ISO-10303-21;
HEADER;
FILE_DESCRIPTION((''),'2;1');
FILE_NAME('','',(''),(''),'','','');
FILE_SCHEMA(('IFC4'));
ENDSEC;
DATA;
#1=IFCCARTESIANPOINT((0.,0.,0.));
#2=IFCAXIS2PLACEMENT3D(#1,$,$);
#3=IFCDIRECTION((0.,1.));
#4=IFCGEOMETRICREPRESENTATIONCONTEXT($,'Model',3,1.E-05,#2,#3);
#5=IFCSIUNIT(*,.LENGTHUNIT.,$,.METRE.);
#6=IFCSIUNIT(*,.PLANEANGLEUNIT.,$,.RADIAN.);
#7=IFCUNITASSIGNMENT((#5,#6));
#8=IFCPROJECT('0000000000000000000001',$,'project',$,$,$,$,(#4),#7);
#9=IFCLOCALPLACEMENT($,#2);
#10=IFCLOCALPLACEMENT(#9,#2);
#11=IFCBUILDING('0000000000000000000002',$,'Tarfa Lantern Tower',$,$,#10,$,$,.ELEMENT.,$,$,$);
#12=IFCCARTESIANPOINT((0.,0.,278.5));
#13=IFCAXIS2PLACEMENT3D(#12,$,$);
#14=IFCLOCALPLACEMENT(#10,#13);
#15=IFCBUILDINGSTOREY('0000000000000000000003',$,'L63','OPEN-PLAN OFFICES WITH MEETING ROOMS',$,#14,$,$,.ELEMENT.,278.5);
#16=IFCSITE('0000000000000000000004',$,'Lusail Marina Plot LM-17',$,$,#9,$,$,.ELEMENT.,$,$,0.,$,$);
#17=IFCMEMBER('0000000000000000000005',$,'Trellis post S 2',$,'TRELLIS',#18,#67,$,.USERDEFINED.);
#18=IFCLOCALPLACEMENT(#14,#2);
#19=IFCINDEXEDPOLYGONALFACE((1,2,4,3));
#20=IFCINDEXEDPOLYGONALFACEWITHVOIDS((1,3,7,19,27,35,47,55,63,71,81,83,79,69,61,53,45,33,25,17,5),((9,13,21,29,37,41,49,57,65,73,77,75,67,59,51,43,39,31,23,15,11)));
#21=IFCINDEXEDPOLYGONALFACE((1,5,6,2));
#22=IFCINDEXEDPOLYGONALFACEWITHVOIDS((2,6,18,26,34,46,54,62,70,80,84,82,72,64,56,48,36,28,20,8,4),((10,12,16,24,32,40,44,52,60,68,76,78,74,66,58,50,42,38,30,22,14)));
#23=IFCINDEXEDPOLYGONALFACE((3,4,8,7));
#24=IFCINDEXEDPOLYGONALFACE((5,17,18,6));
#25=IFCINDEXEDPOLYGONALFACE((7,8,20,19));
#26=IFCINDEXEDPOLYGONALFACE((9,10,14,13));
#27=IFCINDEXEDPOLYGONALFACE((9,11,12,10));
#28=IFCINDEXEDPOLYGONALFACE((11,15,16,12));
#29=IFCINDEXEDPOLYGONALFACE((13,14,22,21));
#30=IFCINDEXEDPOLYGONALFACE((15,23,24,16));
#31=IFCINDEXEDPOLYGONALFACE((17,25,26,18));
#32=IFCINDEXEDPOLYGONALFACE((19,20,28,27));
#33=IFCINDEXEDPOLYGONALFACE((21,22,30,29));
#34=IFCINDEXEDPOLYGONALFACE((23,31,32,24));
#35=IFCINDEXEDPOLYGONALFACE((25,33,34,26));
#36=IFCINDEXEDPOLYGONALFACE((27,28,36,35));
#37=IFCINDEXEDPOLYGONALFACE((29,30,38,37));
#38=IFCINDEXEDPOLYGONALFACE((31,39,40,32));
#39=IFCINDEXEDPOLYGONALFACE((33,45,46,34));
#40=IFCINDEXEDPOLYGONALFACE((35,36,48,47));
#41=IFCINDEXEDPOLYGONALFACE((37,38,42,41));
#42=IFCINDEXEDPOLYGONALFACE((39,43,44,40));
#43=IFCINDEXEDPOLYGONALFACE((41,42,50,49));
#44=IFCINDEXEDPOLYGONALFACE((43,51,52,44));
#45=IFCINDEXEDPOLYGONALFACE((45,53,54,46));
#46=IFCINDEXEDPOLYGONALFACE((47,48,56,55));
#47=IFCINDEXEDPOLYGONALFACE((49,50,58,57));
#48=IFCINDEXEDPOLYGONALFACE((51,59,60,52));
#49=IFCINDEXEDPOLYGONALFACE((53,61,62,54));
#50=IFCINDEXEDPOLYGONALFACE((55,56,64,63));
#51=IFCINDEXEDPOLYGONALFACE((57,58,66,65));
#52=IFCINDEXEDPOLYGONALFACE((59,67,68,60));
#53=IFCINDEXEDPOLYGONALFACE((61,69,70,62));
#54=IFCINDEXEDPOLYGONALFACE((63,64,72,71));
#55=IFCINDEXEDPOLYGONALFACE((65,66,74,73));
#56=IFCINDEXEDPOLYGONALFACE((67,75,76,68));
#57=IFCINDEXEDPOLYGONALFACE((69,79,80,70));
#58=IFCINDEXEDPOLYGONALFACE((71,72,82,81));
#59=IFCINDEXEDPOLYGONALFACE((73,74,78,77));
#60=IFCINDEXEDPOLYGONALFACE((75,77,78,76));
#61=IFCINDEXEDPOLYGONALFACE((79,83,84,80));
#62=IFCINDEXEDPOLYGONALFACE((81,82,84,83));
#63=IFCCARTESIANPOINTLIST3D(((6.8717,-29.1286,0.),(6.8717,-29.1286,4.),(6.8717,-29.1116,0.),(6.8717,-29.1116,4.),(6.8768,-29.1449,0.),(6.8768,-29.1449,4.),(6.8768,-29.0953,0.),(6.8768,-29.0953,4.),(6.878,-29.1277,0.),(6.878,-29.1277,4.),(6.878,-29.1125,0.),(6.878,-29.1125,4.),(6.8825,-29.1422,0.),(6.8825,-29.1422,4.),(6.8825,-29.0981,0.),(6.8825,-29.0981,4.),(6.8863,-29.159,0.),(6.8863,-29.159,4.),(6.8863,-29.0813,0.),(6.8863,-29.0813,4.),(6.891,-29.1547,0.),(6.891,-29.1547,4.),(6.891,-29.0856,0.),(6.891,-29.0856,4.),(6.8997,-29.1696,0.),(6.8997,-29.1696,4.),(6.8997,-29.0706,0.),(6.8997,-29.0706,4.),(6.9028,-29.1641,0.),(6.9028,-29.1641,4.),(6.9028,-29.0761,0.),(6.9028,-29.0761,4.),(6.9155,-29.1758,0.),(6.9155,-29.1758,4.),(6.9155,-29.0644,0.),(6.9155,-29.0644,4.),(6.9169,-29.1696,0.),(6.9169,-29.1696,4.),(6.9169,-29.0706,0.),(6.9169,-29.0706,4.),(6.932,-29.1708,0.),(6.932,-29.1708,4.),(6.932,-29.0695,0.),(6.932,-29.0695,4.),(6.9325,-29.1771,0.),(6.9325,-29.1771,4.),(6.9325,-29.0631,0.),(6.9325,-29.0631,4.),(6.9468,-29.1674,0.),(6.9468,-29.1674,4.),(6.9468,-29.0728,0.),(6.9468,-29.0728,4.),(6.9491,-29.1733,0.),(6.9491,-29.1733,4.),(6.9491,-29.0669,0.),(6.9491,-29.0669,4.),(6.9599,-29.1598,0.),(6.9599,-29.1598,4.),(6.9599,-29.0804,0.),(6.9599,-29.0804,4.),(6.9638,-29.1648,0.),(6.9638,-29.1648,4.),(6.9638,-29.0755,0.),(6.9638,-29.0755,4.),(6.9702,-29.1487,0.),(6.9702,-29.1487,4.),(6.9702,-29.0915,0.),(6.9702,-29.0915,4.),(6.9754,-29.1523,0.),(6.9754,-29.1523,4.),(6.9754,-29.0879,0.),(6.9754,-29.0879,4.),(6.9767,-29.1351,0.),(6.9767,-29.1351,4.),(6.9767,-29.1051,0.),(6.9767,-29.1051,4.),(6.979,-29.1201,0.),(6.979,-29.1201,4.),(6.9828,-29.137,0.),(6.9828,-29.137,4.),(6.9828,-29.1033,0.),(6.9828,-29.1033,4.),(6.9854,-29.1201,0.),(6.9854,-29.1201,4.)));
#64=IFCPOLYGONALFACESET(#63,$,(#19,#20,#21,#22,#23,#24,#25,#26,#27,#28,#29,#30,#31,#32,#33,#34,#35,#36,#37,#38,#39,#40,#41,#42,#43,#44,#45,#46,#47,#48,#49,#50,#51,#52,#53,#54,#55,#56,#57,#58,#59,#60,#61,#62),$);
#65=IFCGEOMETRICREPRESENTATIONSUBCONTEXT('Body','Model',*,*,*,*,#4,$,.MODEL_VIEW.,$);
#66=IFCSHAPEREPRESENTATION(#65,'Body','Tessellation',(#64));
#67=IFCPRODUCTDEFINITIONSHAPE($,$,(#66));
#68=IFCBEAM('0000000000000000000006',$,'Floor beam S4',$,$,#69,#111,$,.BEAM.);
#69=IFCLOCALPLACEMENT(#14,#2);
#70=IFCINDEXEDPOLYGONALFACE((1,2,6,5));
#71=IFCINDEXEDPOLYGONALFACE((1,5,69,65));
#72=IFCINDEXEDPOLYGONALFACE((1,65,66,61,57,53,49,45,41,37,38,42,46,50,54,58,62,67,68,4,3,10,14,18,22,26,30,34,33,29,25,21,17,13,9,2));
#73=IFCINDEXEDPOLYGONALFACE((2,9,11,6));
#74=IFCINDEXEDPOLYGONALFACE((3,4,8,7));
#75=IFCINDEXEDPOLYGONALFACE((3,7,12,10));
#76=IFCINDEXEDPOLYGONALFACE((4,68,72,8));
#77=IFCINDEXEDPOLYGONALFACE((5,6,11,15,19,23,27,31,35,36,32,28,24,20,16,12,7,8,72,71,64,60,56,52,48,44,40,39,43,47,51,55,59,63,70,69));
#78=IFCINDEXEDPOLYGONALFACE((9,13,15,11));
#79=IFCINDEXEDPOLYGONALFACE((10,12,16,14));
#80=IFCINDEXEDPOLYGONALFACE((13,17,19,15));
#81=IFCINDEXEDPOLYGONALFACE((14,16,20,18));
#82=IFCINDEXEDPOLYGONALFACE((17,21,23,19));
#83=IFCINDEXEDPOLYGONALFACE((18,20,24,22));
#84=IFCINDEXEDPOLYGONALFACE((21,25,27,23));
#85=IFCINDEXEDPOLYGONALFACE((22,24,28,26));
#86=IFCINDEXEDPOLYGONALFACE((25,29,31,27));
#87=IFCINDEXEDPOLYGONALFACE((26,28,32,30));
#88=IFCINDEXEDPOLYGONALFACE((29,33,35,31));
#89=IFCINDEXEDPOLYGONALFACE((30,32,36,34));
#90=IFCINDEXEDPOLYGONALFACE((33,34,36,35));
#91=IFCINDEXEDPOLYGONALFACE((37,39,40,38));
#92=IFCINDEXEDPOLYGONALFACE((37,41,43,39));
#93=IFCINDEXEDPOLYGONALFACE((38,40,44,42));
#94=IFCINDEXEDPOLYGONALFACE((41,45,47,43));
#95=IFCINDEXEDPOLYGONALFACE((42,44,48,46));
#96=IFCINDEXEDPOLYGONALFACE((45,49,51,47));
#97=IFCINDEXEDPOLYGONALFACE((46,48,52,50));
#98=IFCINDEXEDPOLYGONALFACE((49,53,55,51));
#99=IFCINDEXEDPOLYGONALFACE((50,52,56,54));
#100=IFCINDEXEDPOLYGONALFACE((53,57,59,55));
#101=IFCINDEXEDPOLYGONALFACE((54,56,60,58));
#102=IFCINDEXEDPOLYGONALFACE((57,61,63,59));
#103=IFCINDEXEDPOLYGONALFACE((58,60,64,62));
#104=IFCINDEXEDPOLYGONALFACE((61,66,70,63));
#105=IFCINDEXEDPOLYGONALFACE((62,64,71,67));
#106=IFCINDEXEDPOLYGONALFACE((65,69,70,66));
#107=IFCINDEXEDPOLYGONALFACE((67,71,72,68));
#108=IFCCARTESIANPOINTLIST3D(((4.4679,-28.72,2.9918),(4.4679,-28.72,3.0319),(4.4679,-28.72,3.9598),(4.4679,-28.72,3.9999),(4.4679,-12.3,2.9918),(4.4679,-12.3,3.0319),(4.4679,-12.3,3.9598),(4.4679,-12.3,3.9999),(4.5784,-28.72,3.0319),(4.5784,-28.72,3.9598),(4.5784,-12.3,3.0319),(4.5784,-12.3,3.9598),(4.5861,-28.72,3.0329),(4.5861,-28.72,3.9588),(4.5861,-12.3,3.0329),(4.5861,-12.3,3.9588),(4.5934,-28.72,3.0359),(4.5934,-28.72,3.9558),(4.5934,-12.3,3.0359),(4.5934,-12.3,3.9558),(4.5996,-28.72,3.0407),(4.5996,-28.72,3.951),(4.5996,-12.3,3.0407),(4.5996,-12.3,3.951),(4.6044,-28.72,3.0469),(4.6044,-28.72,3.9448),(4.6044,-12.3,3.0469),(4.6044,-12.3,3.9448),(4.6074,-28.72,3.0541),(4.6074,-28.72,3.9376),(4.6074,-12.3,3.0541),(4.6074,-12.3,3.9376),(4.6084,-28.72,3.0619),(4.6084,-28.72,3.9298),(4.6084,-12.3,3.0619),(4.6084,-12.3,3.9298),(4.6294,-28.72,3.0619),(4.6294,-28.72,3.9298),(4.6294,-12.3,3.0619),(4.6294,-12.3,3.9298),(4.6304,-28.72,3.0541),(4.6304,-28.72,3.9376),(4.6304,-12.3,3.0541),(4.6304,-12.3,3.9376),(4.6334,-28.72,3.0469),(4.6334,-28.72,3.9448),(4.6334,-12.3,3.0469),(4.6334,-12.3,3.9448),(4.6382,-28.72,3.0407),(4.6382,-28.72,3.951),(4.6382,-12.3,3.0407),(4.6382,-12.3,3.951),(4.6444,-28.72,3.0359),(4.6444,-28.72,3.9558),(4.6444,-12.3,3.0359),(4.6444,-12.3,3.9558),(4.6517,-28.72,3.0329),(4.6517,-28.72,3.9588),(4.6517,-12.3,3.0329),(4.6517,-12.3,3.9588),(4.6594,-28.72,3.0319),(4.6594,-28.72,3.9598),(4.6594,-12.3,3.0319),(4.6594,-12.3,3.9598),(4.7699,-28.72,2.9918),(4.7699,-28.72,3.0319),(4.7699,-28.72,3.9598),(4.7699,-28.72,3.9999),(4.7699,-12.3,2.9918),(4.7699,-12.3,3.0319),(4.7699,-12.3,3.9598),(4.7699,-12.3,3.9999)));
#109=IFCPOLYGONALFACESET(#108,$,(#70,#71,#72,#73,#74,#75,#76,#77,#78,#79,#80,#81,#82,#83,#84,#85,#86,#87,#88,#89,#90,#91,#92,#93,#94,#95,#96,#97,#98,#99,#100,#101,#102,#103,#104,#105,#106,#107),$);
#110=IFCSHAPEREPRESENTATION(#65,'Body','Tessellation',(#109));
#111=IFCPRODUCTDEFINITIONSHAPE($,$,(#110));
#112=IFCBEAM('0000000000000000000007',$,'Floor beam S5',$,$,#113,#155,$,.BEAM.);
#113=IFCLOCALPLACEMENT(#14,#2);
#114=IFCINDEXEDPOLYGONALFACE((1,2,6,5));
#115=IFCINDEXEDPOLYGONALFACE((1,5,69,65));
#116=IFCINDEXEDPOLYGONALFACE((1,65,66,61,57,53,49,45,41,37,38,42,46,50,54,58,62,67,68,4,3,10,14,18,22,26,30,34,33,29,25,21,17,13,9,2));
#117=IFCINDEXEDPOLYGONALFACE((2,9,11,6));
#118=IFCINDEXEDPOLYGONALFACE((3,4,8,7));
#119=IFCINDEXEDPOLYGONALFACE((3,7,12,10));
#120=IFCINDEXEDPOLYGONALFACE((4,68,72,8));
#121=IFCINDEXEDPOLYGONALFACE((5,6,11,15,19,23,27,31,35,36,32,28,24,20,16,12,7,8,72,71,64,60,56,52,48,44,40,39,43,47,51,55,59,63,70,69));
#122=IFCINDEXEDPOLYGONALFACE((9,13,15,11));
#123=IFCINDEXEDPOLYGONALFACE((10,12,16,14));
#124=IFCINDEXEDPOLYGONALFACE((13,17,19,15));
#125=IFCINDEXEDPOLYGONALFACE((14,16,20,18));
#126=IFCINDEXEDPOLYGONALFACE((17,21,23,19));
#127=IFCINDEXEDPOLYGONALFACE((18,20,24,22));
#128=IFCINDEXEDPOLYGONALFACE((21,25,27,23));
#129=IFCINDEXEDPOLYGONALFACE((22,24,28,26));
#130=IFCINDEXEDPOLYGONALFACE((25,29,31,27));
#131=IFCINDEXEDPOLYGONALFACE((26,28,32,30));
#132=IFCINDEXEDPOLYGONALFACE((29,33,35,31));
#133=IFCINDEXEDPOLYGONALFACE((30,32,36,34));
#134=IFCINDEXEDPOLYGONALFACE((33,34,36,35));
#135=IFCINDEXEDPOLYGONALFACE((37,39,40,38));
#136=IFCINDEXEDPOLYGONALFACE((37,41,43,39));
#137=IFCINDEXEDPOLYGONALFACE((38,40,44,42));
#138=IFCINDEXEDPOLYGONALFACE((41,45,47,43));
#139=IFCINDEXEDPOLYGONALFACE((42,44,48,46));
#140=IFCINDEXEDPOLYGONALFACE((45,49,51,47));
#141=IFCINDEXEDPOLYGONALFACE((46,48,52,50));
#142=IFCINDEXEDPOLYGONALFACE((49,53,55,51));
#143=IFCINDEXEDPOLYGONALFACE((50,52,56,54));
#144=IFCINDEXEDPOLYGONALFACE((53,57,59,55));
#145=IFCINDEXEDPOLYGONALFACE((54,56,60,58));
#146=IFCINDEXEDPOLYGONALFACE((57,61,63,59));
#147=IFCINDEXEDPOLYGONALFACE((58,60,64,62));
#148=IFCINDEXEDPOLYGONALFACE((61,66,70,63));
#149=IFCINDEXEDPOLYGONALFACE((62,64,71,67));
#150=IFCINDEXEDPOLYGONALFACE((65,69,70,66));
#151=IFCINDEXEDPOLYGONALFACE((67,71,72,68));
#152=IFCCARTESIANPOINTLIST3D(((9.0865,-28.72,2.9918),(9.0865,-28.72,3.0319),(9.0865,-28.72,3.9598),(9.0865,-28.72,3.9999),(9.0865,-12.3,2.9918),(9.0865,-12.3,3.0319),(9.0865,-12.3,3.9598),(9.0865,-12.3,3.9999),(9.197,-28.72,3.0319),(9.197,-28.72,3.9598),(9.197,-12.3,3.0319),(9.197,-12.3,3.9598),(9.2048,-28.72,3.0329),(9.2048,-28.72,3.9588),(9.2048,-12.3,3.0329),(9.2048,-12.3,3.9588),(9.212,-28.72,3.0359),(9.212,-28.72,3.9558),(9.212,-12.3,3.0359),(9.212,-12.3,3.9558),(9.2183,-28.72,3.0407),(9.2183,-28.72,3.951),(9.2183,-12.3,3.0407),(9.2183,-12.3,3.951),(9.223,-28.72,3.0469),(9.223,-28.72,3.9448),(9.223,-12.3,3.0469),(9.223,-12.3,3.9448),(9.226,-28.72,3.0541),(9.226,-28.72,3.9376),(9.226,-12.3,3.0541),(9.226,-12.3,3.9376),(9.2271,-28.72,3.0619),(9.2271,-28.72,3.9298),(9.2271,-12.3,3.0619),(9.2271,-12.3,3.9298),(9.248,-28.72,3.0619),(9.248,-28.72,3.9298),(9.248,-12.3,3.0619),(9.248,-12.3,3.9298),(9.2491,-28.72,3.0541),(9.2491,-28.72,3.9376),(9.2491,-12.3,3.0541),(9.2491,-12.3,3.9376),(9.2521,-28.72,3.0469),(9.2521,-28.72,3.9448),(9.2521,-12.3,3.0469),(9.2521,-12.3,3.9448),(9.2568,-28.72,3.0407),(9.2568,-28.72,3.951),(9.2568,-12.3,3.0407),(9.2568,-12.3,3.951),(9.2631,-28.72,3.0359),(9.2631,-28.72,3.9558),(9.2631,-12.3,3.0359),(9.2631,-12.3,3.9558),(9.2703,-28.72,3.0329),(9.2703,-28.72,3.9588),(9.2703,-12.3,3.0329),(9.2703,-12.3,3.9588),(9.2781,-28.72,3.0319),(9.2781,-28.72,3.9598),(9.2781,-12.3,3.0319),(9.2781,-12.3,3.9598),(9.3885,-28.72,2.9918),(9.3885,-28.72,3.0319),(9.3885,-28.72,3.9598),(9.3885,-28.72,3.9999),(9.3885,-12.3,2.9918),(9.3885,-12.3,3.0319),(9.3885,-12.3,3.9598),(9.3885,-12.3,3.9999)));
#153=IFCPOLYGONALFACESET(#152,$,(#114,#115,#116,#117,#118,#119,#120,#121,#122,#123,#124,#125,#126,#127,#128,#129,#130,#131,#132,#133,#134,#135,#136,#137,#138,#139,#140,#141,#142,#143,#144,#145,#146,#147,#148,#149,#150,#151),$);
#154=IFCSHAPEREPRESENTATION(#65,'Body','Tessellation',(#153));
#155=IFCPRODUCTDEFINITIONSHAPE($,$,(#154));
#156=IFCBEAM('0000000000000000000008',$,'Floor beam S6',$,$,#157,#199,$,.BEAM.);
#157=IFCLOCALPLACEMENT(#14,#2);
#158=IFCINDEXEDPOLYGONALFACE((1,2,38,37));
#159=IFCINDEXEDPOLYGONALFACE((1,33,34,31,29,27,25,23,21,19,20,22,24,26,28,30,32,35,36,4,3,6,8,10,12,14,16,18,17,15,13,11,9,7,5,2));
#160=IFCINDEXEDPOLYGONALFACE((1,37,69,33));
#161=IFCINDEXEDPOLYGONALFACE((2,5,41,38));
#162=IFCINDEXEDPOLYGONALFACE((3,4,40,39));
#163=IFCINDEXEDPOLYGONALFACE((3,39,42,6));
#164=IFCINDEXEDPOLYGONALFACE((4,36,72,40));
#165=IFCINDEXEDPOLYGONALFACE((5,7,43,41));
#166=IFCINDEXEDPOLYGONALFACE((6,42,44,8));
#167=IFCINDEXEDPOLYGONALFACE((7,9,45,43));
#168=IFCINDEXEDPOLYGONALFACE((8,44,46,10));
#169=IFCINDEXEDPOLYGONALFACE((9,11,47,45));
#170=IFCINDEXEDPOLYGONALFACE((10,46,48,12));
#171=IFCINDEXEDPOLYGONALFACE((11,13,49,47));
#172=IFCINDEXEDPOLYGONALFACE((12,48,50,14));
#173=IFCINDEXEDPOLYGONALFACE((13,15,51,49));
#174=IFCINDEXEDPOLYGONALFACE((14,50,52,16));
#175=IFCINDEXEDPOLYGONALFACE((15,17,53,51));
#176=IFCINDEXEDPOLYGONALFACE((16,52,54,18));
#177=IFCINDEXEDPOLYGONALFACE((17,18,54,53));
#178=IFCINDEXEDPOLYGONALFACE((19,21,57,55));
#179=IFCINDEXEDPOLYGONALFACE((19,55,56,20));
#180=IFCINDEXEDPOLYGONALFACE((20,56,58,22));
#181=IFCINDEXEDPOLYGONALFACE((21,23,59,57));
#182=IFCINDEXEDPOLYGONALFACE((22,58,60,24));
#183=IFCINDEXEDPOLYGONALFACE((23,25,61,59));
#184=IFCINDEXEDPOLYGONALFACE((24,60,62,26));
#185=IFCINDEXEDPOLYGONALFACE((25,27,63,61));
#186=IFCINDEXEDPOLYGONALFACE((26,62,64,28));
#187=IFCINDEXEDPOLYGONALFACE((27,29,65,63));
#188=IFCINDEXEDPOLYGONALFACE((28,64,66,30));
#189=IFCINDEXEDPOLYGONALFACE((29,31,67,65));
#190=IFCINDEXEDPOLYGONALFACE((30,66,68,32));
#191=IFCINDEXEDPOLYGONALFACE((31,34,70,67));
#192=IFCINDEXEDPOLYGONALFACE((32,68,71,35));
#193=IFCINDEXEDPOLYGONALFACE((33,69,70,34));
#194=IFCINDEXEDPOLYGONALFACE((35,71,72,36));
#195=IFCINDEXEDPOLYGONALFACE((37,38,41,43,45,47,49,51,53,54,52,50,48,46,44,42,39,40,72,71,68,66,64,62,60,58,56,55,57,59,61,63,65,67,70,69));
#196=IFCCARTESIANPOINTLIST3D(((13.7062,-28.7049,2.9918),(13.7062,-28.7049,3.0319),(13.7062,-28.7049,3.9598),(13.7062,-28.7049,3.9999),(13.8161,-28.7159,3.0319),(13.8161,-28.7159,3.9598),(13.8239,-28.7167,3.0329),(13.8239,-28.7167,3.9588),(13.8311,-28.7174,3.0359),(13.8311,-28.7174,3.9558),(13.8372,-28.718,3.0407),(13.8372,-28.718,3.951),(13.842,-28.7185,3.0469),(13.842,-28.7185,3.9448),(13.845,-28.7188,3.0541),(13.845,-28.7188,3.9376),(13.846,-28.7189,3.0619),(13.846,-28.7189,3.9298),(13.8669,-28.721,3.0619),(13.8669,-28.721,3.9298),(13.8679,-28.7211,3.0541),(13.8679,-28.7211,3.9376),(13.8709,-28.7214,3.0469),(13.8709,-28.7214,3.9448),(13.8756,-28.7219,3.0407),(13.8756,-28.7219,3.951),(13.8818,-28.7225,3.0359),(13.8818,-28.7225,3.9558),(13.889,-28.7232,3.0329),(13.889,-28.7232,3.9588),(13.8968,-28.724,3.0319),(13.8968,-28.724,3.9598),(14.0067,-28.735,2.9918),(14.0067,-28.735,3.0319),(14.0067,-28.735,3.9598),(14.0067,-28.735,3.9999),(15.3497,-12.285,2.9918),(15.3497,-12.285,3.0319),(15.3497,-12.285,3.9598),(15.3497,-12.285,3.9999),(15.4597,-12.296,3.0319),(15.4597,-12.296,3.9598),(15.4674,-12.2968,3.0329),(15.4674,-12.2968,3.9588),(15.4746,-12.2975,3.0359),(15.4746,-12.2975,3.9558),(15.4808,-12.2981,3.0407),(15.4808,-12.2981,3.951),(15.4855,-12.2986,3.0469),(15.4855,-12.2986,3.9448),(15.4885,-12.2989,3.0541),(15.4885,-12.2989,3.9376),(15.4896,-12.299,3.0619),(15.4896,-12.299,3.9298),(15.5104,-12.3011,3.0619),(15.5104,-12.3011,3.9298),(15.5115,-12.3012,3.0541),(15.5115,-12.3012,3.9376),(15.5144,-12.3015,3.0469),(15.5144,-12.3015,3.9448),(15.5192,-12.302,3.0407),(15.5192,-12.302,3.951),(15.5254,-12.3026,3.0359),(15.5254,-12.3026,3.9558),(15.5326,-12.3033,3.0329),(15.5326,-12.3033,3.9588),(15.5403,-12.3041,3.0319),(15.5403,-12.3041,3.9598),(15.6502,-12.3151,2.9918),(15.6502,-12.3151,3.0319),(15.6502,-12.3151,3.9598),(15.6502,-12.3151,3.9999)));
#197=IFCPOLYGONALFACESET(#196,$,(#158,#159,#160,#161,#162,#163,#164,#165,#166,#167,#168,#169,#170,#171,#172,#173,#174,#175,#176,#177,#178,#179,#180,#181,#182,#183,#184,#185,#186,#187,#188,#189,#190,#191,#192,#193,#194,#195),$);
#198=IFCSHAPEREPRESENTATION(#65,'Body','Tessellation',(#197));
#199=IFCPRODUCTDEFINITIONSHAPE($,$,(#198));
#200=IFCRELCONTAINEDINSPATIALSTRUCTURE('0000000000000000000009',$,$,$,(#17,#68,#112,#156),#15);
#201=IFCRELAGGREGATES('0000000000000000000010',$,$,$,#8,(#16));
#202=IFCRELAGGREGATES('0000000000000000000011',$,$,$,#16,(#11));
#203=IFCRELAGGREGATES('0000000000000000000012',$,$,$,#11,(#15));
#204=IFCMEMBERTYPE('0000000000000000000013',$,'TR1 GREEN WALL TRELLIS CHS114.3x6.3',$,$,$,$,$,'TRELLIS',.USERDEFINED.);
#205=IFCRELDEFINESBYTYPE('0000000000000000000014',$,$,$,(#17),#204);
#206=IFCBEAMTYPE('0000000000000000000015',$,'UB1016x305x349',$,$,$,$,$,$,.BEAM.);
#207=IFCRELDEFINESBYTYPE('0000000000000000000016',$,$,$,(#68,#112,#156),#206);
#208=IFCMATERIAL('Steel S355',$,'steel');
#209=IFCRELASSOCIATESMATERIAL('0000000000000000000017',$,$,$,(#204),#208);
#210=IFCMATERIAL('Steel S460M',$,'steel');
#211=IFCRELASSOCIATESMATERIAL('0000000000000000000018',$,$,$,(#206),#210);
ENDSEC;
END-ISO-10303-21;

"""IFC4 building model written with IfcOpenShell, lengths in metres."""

from ifc_helpers import new_model, si_unit, direction, frame, origin, origin_2d, place, context, subcontext, project, spatial, hollow_circle, i_section, extrude, material, material_profile, profile_set, type_object, element, save


model = new_model("IFC4")

# Units and contexts
model_context = context("Model", 3, precision=1e-05, world=origin(), true_north=direction((0.0, 1.0)))
body_context = subcontext(model_context, "Body", "Model", "MODEL_VIEW")
ifc_project = project(units=[si_unit("LENGTHUNIT", "METRE"), si_unit("PLANEANGLEUNIT", "RADIAN")], contexts=[model_context])

# Site, building, storey
site_placement = place(None, origin())
site = spatial("IfcSite", under=ifc_project, at=site_placement, Name="Lusail Marina Plot LM-17", CompositionType="ELEMENT", RefElevation=0.0)
building_placement = place(site_placement, origin())
building = spatial("IfcBuilding", under=site, at=building_placement, Name="Tarfa Lantern Tower", CompositionType="ELEMENT")
storey_placement = place(building_placement, frame((0.0, 0.0, 278.5)))
storey = spatial("IfcBuildingStorey", under=building, at=storey_placement, Name="L63", Description="OPEN-PLAN OFFICES WITH MEETING ROOMS", CompositionType="ELEMENT", Elevation=278.5)

# Member
ifc_material_1 = material(Name="Steel S355", Category="steel")
ifc_material_profile_1 = material_profile(ifc_material_1, hollow_circle(Radius=0.0571, WallThickness=0.0063, at=origin_2d()), Name="CHS114.3x6.3")
ifc_profile_set_1 = profile_set([ifc_material_profile_1], Name="Steel S355")
member_type_1 = type_object("IfcMemberType", Name="TR1 GREEN WALL TRELLIS CHS114.3x6.3", ElementType="TRELLIS", PredefinedType="USERDEFINED", material=ifc_profile_set_1)
member_1_placement = place(storey_placement, frame((6.9282, -29.1201, 0.0), z_axis=(0.0, 0.0, 1.0), x_axis=(1.0, 0.0, 0.0)))
element("IfcMember", 1, at=member_1_placement, inside=storey, type_object=member_type_1, Name="Trellis post S 2", ObjectType="TRELLIS", PredefinedType="USERDEFINED", context=body_context, shape_type="SweptSolid", body=[
    extrude(hollow_circle(Radius=0.0571, WallThickness=0.0063, at=origin_2d()), origin(), (0.0, 0.0, 1.0), 4.0),
])

# Beams
ifc_material_2 = material(Name="Steel S460M", Category="steel")
ifc_material_profile_2 = material_profile(ifc_material_2, i_section(OverallWidth=0.302, OverallDepth=1.0081, WebThickness=0.021, FlangeThickness=0.04, FilletRadius=0.03, at=origin_2d()), Name="UB1016x305x349")
ifc_profile_set_2 = profile_set([ifc_material_profile_2], Name="Steel S460M")
beam_type_1 = type_object("IfcBeamType", Name="UB1016x305x349", PredefinedType="BEAM", material=ifc_profile_set_2)
for number, where, z_axis, x_axis, name in (
    (2, (4.6189, -28.72, 3.4958), (0.0, 1.0, 0.0), (-1.0, 0.0, 0.0), "Floor beam S4"),
    (3, (9.2375, -28.72, 3.4958), (0.0, 1.0, 0.0), (-1.0, 0.0, 0.0), "Floor beam S5"),
):
    element("IfcBeam", number, at=place(storey_placement, frame(where, z_axis=z_axis, x_axis=x_axis)), inside=storey, type_object=beam_type_1, Name=name, PredefinedType="BEAM", context=body_context, shape_type="SweptSolid", body=[
        extrude(i_section(OverallWidth=0.302, OverallDepth=1.0081, WebThickness=0.021, FlangeThickness=0.04, FilletRadius=0.03, at=origin_2d()), origin(), (0.0, 0.0, 1.0), 16.4199),
    ])
beam_1_placement = place(storey_placement, frame((13.8564, -28.72, 3.4958), z_axis=(0.099597, 0.995028, 0.0), x_axis=(-0.995028, 0.099597, 0.0)))
element("IfcBeam", 4, at=beam_1_placement, inside=storey, type_object=beam_type_1, Name="Floor beam S6", PredefinedType="BEAM", context=body_context, shape_type="SweptSolid", body=[
    extrude(i_section(OverallWidth=0.302, OverallDepth=1.0081, WebThickness=0.021, FlangeThickness=0.04, FilletRadius=0.03, at=origin_2d()), origin(), (0.0, 0.0, 1.0), 16.502),
])

save(model, "model.ifc")
